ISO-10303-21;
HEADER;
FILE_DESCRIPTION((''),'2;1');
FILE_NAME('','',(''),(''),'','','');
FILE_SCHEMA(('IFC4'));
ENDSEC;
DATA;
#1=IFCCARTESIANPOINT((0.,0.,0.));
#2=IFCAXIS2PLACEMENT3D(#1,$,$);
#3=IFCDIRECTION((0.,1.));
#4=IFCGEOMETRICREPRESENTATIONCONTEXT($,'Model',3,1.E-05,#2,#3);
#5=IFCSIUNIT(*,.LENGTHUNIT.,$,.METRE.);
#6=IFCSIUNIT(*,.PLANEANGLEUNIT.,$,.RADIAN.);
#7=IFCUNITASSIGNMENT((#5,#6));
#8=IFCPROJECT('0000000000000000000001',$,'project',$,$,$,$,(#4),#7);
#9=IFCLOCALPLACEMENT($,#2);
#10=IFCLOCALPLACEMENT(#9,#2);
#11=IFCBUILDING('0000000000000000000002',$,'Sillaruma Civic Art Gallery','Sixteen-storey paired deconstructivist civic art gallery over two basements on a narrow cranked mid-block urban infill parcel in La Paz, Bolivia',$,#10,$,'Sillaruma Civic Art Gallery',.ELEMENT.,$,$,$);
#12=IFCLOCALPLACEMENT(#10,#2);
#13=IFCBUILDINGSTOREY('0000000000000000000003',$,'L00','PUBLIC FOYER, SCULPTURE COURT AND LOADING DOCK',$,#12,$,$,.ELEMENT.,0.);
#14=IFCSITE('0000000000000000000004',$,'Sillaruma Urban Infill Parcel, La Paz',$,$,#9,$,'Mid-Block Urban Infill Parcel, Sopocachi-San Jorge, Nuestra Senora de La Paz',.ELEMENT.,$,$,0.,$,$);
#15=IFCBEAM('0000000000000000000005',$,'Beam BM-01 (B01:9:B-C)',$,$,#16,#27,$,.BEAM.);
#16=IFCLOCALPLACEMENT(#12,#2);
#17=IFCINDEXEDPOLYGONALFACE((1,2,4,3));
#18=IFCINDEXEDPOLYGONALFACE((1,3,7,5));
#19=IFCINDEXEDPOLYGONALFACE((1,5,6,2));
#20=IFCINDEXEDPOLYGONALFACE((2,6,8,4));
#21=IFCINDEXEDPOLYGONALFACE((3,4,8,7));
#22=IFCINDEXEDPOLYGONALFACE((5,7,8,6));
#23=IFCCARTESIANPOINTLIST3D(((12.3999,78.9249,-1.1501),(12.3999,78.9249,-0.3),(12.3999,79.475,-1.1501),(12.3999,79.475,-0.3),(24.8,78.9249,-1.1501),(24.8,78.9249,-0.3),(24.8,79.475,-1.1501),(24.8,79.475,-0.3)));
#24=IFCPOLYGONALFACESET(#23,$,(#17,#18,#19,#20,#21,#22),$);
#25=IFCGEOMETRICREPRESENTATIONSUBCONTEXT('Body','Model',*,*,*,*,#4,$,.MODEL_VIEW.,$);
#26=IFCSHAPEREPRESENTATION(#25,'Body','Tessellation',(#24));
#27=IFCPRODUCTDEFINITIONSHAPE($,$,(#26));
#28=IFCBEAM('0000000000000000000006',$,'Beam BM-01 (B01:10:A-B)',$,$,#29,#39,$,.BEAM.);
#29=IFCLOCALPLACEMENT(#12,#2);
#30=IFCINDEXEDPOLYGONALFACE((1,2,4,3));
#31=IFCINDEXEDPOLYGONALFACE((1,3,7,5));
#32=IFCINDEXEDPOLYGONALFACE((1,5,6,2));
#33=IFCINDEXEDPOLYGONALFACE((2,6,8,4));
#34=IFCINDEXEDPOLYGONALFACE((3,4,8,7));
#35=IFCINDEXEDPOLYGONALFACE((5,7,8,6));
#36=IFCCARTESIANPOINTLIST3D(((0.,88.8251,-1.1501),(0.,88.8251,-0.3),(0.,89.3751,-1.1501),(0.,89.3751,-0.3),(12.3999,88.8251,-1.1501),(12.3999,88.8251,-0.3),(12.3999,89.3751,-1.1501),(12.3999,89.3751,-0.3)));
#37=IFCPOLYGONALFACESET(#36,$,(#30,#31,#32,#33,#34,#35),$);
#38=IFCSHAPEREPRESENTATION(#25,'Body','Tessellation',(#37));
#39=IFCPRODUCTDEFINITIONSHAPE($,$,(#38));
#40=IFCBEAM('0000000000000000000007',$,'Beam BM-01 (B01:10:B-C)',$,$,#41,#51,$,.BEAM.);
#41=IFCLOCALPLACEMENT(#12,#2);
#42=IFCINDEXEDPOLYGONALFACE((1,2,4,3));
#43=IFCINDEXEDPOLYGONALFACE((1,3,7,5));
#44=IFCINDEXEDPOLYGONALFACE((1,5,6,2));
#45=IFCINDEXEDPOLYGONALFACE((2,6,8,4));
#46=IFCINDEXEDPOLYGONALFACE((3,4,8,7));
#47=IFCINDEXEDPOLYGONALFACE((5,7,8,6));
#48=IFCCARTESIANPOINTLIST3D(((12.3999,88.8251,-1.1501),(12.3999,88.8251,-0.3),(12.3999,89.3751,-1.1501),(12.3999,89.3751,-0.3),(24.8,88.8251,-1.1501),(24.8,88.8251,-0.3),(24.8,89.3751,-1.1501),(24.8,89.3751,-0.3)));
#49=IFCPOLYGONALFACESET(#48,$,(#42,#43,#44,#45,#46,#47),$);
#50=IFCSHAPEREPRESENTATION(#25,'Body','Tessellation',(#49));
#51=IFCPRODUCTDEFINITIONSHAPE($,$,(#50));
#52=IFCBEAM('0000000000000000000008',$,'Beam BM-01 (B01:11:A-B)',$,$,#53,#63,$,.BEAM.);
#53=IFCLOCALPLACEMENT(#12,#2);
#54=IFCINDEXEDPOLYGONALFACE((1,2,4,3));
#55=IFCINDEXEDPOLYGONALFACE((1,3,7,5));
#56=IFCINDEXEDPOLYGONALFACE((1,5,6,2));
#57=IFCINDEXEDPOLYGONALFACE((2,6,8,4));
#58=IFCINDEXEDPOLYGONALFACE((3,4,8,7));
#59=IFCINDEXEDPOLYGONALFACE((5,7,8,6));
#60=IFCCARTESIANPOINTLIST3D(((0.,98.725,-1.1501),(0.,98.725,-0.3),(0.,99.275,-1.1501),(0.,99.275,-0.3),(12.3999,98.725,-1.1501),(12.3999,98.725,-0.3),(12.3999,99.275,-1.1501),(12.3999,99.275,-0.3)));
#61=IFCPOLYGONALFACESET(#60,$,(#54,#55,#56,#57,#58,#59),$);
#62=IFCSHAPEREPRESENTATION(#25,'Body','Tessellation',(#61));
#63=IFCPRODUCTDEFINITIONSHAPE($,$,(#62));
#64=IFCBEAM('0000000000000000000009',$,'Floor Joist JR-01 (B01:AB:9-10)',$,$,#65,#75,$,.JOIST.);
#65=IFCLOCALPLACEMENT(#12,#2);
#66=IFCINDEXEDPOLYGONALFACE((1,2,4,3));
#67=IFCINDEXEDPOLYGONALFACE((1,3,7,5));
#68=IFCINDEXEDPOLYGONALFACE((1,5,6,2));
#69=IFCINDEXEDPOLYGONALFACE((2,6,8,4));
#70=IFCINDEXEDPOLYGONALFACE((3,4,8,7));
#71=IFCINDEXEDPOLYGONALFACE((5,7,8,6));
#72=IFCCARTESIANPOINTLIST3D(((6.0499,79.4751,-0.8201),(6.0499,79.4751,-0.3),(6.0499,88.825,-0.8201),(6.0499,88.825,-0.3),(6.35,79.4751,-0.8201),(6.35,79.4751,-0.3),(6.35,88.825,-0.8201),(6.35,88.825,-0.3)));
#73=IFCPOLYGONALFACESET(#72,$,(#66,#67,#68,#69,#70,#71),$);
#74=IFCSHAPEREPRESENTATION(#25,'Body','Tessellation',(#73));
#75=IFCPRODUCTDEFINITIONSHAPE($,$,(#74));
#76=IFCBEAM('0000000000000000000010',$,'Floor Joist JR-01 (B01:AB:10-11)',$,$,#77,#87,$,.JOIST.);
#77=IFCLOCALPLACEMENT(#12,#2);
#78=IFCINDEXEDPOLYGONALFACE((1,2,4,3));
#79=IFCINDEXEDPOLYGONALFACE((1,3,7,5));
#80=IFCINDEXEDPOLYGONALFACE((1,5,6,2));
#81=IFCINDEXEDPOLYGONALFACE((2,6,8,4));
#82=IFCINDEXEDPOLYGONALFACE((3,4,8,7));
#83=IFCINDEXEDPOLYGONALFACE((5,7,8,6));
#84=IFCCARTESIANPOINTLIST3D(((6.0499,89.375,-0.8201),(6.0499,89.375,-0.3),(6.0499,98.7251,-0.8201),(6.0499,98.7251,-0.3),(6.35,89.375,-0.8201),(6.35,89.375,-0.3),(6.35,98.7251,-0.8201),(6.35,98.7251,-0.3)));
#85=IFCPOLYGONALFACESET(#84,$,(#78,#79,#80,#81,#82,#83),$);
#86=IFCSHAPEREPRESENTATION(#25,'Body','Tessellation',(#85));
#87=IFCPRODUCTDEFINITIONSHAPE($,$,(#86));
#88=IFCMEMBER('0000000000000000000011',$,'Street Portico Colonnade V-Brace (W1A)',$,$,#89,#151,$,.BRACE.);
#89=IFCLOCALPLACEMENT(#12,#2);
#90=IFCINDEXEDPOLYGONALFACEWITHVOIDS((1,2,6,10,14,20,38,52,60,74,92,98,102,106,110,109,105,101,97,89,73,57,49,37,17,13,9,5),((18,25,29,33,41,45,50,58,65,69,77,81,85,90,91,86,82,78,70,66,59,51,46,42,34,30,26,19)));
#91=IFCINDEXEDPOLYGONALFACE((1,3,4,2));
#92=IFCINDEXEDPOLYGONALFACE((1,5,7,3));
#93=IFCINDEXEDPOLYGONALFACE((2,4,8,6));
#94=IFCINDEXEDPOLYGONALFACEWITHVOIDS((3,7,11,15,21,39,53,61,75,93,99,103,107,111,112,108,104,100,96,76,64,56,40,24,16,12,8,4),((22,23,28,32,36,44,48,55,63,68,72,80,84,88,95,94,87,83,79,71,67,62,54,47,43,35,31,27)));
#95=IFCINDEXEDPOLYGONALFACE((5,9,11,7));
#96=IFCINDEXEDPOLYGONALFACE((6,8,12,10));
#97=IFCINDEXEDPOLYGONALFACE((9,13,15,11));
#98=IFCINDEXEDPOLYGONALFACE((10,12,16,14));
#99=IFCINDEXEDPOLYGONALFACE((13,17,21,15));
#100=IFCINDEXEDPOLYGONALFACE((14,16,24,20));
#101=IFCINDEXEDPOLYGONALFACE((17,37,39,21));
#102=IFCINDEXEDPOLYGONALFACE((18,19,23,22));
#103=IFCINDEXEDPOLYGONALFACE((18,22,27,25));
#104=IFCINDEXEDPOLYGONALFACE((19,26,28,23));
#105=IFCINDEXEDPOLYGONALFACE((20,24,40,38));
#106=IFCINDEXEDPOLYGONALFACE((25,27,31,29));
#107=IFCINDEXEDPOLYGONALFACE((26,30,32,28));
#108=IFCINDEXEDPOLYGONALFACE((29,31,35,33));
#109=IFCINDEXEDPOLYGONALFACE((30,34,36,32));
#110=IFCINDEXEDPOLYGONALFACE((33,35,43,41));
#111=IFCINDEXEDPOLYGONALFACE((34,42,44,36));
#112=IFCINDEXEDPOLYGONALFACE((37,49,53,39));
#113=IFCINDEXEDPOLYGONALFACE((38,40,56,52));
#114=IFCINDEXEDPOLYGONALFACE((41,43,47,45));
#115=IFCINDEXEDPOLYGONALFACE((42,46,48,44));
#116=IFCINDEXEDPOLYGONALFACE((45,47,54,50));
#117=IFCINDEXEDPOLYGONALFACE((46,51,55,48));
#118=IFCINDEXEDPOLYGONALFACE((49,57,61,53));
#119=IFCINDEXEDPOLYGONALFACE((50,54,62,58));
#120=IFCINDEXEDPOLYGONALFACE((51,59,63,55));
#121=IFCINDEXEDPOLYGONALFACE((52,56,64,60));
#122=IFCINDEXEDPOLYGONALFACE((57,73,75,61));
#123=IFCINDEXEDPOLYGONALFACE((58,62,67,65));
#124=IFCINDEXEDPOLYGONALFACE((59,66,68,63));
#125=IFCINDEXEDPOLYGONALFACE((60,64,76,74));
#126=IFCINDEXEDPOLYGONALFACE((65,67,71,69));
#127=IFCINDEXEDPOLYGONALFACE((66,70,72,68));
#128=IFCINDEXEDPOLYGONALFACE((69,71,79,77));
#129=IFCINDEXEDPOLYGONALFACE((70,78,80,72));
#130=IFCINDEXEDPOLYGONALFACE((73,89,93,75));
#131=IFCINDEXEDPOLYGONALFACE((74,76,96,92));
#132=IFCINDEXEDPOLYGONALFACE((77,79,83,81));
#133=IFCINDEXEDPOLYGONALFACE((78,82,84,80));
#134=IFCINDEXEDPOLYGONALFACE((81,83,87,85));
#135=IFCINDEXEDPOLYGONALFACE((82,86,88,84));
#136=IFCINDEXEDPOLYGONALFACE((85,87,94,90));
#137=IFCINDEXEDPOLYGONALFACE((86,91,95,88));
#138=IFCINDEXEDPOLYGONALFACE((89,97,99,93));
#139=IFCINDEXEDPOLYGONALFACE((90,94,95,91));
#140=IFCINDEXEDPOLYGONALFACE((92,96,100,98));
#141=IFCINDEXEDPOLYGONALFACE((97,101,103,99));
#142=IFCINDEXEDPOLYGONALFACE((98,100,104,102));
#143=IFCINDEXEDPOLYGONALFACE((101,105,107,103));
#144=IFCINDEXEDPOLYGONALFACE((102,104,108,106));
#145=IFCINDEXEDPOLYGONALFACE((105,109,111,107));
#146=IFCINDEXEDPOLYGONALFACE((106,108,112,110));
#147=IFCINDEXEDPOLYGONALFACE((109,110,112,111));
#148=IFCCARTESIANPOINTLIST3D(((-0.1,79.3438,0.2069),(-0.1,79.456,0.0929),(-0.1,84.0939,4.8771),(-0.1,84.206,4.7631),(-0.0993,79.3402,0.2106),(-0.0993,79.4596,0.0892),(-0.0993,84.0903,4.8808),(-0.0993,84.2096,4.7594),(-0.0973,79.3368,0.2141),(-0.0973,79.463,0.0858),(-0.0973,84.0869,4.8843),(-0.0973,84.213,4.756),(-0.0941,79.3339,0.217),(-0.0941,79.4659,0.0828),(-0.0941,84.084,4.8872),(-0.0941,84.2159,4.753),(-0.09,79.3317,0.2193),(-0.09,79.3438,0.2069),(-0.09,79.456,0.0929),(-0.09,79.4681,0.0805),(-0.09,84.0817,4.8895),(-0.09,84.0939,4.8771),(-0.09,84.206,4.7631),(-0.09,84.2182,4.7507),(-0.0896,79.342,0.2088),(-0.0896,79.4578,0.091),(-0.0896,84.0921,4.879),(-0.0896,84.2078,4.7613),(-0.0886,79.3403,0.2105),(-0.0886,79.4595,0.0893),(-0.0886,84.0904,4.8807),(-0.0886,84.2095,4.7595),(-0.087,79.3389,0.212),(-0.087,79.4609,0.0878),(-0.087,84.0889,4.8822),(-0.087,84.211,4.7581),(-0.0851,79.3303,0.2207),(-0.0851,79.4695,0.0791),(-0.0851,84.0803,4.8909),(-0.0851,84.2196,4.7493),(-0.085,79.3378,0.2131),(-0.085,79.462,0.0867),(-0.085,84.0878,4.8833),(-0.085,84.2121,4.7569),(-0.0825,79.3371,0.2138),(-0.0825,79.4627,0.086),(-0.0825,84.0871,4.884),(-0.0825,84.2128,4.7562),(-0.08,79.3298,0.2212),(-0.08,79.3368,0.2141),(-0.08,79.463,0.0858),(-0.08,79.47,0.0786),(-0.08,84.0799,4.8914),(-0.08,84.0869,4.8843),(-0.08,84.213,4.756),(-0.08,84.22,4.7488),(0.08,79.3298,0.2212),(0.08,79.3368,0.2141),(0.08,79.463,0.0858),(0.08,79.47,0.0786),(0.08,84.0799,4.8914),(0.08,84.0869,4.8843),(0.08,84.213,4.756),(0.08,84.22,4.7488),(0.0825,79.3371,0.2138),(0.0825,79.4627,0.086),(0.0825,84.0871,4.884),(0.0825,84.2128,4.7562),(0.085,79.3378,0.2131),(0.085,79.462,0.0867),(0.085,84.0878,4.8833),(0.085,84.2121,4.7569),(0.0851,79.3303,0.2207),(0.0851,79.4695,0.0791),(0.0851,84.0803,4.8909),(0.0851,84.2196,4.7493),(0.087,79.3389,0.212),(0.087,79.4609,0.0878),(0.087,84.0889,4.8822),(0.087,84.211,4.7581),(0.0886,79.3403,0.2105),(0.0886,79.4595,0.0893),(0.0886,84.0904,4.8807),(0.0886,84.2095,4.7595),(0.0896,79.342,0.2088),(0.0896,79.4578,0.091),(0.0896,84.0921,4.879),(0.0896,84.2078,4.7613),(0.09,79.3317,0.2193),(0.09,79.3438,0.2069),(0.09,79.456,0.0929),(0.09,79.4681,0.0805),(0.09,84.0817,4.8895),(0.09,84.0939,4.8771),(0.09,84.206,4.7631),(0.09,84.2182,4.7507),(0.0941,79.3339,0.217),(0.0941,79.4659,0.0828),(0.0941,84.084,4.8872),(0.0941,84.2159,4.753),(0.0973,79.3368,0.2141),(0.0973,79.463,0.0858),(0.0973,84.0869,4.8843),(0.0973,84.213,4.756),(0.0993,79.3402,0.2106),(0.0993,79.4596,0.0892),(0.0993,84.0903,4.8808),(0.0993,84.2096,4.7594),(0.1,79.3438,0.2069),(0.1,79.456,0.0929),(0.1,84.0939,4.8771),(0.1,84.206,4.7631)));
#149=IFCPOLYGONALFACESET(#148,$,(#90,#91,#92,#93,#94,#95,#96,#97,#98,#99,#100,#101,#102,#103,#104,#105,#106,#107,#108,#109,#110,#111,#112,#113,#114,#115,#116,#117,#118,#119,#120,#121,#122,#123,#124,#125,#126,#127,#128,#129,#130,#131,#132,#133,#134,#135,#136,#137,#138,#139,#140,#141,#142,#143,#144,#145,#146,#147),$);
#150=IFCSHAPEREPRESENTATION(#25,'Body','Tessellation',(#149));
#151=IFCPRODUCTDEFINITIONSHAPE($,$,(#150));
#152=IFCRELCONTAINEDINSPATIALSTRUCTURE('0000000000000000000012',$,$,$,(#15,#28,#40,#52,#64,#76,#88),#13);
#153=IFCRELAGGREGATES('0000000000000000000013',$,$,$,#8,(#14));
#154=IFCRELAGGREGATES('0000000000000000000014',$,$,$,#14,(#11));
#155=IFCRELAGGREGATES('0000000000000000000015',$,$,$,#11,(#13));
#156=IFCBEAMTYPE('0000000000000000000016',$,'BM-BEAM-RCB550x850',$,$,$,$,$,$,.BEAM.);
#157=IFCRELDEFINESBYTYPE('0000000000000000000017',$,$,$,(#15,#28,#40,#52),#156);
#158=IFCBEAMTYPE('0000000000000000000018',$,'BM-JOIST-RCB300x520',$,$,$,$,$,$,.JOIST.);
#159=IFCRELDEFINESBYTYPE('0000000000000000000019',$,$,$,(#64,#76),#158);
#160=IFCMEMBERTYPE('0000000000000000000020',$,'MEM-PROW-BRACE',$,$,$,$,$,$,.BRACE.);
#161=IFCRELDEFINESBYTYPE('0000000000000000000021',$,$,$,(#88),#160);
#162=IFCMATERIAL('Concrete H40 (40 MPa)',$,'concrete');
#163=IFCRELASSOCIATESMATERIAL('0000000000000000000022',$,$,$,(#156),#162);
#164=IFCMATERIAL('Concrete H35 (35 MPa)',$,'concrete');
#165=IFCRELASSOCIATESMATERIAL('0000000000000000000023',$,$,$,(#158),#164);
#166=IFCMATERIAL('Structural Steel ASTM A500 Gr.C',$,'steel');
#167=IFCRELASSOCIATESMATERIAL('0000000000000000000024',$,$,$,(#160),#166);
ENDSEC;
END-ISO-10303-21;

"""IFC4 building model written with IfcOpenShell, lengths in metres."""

from ifc_helpers import new_model, si_unit, direction, frame, origin, origin_2d, place, context, subcontext, project, spatial, rectangle, hollow_rectangle, extrude, material, material_profile, profile_set, type_object, element, save


model = new_model("IFC4")

# Units and contexts
model_context = context("Model", 3, precision=1e-05, world=origin(), true_north=direction((0.0, 1.0)))
body_context = subcontext(model_context, "Body", "Model", "MODEL_VIEW")
ifc_project = project(units=[si_unit("LENGTHUNIT", "METRE"), si_unit("PLANEANGLEUNIT", "RADIAN")], contexts=[model_context])

# Site, building, storey
site_placement = place(None, origin())
site = spatial("IfcSite", under=ifc_project, at=site_placement, Name="Sillaruma Urban Infill Parcel, La Paz", LongName="Mid-Block Urban Infill Parcel, Sopocachi-San Jorge, Nuestra Senora de La Paz", CompositionType="ELEMENT", RefElevation=0.0)
building_placement = place(site_placement, origin())
building = spatial("IfcBuilding", under=site, at=building_placement, Name="Sillaruma Civic Art Gallery", Description="Sixteen-storey paired deconstructivist civic art gallery over two basements on a narrow cranked mid-block urban infill parcel in La Paz, Bolivia", LongName="Sillaruma Civic Art Gallery", CompositionType="ELEMENT")
storey_placement = place(building_placement, origin())
storey = spatial("IfcBuildingStorey", under=building, at=storey_placement, Name="L00", Description="PUBLIC FOYER, SCULPTURE COURT AND LOADING DOCK", CompositionType="ELEMENT", Elevation=0.0)

# Shared definitions
ifc_material_1 = material(Name="Concrete H40 (40 MPa)", Category="concrete")

# Beams
ifc_material_2 = material(Name="Concrete H35 (35 MPa)", Category="concrete")
ifc_material_profile_1 = material_profile(ifc_material_1, rectangle(XDim=0.55, YDim=0.8501, at=origin_2d()), Name="RCB550x850")
ifc_profile_set_1 = profile_set([ifc_material_profile_1], Name="Concrete H40 (40 MPa)")
beam_type_1 = type_object("IfcBeamType", Name="BM-BEAM-RCB550x850", PredefinedType="BEAM", material=ifc_profile_set_1)
beam_1_placement = place(storey_placement, frame((12.3999, 79.2, -0.7251), z_axis=(1.0, 0.0, 0.0), x_axis=(0.0, 1.0, 0.0)))
element("IfcBeam", 1, at=beam_1_placement, inside=storey, type_object=beam_type_1, Name="Beam BM-01 (B01:9:B-C)", PredefinedType="BEAM", context=body_context, shape_type="SweptSolid", body=[
    extrude(rectangle(XDim=0.55, YDim=0.8501, at=origin_2d()), origin(), (0.0, 0.0, 1.0), 12.4001),
])
beam_2_placement = place(storey_placement, frame((0.0, 89.1001, -0.7251), z_axis=(1.0, 0.0, 0.0), x_axis=(0.0, 1.0, 0.0)))
element("IfcBeam", 2, at=beam_2_placement, inside=storey, type_object=beam_type_1, Name="Beam BM-01 (B01:10:A-B)", PredefinedType="BEAM", context=body_context, shape_type="SweptSolid", body=[
    extrude(rectangle(XDim=0.55, YDim=0.8501, at=origin_2d()), origin(), (0.0, 0.0, 1.0), 12.3999),
])
beam_3_placement = place(storey_placement, frame((12.3999, 89.1001, -0.7251), z_axis=(1.0, 0.0, 0.0), x_axis=(0.0, 1.0, 0.0)))
element("IfcBeam", 3, at=beam_3_placement, inside=storey, type_object=beam_type_1, Name="Beam BM-01 (B01:10:B-C)", PredefinedType="BEAM", context=body_context, shape_type="SweptSolid", body=[
    extrude(rectangle(XDim=0.55, YDim=0.8501, at=origin_2d()), origin(), (0.0, 0.0, 1.0), 12.4001),
])
beam_4_placement = place(storey_placement, frame((0.0, 99.0, -0.7251), z_axis=(1.0, 0.0, 0.0), x_axis=(0.0, 1.0, 0.0)))
element("IfcBeam", 4, at=beam_4_placement, inside=storey, type_object=beam_type_1, Name="Beam BM-01 (B01:11:A-B)", PredefinedType="BEAM", context=body_context, shape_type="SweptSolid", body=[
    extrude(rectangle(XDim=0.55, YDim=0.8501, at=origin_2d()), origin(), (0.0, 0.0, 1.0), 12.3999),
])
ifc_material_profile_2 = material_profile(ifc_material_2, rectangle(XDim=0.3, YDim=0.52, at=origin_2d()), Name="RCB300x520")
ifc_profile_set_2 = profile_set([ifc_material_profile_2], Name="Concrete H35 (35 MPa)")
beam_type_2 = type_object("IfcBeamType", Name="BM-JOIST-RCB300x520", PredefinedType="JOIST", material=ifc_profile_set_2)
beam_5_placement = place(storey_placement, frame((6.2, 79.4751, -0.5601), z_axis=(0.0, 1.0, 0.0), x_axis=(-1.0, 0.0, 0.0)))
element("IfcBeam", 5, at=beam_5_placement, inside=storey, type_object=beam_type_2, Name="Floor Joist JR-01 (B01:AB:9-10)", PredefinedType="JOIST", context=body_context, shape_type="SweptSolid", body=[
    extrude(rectangle(XDim=0.3, YDim=0.52, at=origin_2d()), origin(), (0.0, 0.0, 1.0), 9.3499),
])
beam_6_placement = place(storey_placement, frame((6.2, 89.375, -0.5601), z_axis=(0.0, 1.0, 0.0), x_axis=(-1.0, 0.0, 0.0)))
element("IfcBeam", 6, at=beam_6_placement, inside=storey, type_object=beam_type_2, Name="Floor Joist JR-01 (B01:AB:10-11)", PredefinedType="JOIST", context=body_context, shape_type="SweptSolid", body=[
    extrude(rectangle(XDim=0.3, YDim=0.52, at=origin_2d()), origin(), (0.0, 0.0, 1.0), 9.3501),
])

# Member
ifc_material_3 = material(Name="Structural Steel ASTM A500 Gr.C", Category="steel")
ifc_material_profile_3 = material_profile(ifc_material_3, hollow_rectangle(XDim=0.2, YDim=0.2, WallThickness=0.01, InnerFilletRadius=0.01, OuterFilletRadius=0.02, at=origin_2d()), Name="HSS200x200x10")
ifc_profile_set_3 = profile_set([ifc_material_profile_3], Name="Structural Steel ASTM A500 Gr.C")
member_type = type_object("IfcMemberType", Name="MEM-PROW-BRACE", PredefinedType="BRACE", material=ifc_profile_set_3)
for number, where, z_axis, x_axis, name in (
    (7, (0.0, 79.3999, 0.1499), (0.0, 0.713074, 0.701089), (-1.0, 0.0, 0.0), "Street Portico Colonnade V-Brace (W1A)"),
):
    element("IfcMember", number, at=place(storey_placement, frame(where, z_axis=z_axis, x_axis=x_axis)), inside=storey, type_object=member_type, Name=name, PredefinedType="BRACE", context=body_context, shape_type="SweptSolid", body=[
        extrude(hollow_rectangle(XDim=0.2, YDim=0.2, WallThickness=0.01, InnerFilletRadius=0.01, OuterFilletRadius=0.02, at=origin_2d()), origin(), (0.0, 0.0, 1.0), 6.6614),
    ])

save(model, "model.ifc")
